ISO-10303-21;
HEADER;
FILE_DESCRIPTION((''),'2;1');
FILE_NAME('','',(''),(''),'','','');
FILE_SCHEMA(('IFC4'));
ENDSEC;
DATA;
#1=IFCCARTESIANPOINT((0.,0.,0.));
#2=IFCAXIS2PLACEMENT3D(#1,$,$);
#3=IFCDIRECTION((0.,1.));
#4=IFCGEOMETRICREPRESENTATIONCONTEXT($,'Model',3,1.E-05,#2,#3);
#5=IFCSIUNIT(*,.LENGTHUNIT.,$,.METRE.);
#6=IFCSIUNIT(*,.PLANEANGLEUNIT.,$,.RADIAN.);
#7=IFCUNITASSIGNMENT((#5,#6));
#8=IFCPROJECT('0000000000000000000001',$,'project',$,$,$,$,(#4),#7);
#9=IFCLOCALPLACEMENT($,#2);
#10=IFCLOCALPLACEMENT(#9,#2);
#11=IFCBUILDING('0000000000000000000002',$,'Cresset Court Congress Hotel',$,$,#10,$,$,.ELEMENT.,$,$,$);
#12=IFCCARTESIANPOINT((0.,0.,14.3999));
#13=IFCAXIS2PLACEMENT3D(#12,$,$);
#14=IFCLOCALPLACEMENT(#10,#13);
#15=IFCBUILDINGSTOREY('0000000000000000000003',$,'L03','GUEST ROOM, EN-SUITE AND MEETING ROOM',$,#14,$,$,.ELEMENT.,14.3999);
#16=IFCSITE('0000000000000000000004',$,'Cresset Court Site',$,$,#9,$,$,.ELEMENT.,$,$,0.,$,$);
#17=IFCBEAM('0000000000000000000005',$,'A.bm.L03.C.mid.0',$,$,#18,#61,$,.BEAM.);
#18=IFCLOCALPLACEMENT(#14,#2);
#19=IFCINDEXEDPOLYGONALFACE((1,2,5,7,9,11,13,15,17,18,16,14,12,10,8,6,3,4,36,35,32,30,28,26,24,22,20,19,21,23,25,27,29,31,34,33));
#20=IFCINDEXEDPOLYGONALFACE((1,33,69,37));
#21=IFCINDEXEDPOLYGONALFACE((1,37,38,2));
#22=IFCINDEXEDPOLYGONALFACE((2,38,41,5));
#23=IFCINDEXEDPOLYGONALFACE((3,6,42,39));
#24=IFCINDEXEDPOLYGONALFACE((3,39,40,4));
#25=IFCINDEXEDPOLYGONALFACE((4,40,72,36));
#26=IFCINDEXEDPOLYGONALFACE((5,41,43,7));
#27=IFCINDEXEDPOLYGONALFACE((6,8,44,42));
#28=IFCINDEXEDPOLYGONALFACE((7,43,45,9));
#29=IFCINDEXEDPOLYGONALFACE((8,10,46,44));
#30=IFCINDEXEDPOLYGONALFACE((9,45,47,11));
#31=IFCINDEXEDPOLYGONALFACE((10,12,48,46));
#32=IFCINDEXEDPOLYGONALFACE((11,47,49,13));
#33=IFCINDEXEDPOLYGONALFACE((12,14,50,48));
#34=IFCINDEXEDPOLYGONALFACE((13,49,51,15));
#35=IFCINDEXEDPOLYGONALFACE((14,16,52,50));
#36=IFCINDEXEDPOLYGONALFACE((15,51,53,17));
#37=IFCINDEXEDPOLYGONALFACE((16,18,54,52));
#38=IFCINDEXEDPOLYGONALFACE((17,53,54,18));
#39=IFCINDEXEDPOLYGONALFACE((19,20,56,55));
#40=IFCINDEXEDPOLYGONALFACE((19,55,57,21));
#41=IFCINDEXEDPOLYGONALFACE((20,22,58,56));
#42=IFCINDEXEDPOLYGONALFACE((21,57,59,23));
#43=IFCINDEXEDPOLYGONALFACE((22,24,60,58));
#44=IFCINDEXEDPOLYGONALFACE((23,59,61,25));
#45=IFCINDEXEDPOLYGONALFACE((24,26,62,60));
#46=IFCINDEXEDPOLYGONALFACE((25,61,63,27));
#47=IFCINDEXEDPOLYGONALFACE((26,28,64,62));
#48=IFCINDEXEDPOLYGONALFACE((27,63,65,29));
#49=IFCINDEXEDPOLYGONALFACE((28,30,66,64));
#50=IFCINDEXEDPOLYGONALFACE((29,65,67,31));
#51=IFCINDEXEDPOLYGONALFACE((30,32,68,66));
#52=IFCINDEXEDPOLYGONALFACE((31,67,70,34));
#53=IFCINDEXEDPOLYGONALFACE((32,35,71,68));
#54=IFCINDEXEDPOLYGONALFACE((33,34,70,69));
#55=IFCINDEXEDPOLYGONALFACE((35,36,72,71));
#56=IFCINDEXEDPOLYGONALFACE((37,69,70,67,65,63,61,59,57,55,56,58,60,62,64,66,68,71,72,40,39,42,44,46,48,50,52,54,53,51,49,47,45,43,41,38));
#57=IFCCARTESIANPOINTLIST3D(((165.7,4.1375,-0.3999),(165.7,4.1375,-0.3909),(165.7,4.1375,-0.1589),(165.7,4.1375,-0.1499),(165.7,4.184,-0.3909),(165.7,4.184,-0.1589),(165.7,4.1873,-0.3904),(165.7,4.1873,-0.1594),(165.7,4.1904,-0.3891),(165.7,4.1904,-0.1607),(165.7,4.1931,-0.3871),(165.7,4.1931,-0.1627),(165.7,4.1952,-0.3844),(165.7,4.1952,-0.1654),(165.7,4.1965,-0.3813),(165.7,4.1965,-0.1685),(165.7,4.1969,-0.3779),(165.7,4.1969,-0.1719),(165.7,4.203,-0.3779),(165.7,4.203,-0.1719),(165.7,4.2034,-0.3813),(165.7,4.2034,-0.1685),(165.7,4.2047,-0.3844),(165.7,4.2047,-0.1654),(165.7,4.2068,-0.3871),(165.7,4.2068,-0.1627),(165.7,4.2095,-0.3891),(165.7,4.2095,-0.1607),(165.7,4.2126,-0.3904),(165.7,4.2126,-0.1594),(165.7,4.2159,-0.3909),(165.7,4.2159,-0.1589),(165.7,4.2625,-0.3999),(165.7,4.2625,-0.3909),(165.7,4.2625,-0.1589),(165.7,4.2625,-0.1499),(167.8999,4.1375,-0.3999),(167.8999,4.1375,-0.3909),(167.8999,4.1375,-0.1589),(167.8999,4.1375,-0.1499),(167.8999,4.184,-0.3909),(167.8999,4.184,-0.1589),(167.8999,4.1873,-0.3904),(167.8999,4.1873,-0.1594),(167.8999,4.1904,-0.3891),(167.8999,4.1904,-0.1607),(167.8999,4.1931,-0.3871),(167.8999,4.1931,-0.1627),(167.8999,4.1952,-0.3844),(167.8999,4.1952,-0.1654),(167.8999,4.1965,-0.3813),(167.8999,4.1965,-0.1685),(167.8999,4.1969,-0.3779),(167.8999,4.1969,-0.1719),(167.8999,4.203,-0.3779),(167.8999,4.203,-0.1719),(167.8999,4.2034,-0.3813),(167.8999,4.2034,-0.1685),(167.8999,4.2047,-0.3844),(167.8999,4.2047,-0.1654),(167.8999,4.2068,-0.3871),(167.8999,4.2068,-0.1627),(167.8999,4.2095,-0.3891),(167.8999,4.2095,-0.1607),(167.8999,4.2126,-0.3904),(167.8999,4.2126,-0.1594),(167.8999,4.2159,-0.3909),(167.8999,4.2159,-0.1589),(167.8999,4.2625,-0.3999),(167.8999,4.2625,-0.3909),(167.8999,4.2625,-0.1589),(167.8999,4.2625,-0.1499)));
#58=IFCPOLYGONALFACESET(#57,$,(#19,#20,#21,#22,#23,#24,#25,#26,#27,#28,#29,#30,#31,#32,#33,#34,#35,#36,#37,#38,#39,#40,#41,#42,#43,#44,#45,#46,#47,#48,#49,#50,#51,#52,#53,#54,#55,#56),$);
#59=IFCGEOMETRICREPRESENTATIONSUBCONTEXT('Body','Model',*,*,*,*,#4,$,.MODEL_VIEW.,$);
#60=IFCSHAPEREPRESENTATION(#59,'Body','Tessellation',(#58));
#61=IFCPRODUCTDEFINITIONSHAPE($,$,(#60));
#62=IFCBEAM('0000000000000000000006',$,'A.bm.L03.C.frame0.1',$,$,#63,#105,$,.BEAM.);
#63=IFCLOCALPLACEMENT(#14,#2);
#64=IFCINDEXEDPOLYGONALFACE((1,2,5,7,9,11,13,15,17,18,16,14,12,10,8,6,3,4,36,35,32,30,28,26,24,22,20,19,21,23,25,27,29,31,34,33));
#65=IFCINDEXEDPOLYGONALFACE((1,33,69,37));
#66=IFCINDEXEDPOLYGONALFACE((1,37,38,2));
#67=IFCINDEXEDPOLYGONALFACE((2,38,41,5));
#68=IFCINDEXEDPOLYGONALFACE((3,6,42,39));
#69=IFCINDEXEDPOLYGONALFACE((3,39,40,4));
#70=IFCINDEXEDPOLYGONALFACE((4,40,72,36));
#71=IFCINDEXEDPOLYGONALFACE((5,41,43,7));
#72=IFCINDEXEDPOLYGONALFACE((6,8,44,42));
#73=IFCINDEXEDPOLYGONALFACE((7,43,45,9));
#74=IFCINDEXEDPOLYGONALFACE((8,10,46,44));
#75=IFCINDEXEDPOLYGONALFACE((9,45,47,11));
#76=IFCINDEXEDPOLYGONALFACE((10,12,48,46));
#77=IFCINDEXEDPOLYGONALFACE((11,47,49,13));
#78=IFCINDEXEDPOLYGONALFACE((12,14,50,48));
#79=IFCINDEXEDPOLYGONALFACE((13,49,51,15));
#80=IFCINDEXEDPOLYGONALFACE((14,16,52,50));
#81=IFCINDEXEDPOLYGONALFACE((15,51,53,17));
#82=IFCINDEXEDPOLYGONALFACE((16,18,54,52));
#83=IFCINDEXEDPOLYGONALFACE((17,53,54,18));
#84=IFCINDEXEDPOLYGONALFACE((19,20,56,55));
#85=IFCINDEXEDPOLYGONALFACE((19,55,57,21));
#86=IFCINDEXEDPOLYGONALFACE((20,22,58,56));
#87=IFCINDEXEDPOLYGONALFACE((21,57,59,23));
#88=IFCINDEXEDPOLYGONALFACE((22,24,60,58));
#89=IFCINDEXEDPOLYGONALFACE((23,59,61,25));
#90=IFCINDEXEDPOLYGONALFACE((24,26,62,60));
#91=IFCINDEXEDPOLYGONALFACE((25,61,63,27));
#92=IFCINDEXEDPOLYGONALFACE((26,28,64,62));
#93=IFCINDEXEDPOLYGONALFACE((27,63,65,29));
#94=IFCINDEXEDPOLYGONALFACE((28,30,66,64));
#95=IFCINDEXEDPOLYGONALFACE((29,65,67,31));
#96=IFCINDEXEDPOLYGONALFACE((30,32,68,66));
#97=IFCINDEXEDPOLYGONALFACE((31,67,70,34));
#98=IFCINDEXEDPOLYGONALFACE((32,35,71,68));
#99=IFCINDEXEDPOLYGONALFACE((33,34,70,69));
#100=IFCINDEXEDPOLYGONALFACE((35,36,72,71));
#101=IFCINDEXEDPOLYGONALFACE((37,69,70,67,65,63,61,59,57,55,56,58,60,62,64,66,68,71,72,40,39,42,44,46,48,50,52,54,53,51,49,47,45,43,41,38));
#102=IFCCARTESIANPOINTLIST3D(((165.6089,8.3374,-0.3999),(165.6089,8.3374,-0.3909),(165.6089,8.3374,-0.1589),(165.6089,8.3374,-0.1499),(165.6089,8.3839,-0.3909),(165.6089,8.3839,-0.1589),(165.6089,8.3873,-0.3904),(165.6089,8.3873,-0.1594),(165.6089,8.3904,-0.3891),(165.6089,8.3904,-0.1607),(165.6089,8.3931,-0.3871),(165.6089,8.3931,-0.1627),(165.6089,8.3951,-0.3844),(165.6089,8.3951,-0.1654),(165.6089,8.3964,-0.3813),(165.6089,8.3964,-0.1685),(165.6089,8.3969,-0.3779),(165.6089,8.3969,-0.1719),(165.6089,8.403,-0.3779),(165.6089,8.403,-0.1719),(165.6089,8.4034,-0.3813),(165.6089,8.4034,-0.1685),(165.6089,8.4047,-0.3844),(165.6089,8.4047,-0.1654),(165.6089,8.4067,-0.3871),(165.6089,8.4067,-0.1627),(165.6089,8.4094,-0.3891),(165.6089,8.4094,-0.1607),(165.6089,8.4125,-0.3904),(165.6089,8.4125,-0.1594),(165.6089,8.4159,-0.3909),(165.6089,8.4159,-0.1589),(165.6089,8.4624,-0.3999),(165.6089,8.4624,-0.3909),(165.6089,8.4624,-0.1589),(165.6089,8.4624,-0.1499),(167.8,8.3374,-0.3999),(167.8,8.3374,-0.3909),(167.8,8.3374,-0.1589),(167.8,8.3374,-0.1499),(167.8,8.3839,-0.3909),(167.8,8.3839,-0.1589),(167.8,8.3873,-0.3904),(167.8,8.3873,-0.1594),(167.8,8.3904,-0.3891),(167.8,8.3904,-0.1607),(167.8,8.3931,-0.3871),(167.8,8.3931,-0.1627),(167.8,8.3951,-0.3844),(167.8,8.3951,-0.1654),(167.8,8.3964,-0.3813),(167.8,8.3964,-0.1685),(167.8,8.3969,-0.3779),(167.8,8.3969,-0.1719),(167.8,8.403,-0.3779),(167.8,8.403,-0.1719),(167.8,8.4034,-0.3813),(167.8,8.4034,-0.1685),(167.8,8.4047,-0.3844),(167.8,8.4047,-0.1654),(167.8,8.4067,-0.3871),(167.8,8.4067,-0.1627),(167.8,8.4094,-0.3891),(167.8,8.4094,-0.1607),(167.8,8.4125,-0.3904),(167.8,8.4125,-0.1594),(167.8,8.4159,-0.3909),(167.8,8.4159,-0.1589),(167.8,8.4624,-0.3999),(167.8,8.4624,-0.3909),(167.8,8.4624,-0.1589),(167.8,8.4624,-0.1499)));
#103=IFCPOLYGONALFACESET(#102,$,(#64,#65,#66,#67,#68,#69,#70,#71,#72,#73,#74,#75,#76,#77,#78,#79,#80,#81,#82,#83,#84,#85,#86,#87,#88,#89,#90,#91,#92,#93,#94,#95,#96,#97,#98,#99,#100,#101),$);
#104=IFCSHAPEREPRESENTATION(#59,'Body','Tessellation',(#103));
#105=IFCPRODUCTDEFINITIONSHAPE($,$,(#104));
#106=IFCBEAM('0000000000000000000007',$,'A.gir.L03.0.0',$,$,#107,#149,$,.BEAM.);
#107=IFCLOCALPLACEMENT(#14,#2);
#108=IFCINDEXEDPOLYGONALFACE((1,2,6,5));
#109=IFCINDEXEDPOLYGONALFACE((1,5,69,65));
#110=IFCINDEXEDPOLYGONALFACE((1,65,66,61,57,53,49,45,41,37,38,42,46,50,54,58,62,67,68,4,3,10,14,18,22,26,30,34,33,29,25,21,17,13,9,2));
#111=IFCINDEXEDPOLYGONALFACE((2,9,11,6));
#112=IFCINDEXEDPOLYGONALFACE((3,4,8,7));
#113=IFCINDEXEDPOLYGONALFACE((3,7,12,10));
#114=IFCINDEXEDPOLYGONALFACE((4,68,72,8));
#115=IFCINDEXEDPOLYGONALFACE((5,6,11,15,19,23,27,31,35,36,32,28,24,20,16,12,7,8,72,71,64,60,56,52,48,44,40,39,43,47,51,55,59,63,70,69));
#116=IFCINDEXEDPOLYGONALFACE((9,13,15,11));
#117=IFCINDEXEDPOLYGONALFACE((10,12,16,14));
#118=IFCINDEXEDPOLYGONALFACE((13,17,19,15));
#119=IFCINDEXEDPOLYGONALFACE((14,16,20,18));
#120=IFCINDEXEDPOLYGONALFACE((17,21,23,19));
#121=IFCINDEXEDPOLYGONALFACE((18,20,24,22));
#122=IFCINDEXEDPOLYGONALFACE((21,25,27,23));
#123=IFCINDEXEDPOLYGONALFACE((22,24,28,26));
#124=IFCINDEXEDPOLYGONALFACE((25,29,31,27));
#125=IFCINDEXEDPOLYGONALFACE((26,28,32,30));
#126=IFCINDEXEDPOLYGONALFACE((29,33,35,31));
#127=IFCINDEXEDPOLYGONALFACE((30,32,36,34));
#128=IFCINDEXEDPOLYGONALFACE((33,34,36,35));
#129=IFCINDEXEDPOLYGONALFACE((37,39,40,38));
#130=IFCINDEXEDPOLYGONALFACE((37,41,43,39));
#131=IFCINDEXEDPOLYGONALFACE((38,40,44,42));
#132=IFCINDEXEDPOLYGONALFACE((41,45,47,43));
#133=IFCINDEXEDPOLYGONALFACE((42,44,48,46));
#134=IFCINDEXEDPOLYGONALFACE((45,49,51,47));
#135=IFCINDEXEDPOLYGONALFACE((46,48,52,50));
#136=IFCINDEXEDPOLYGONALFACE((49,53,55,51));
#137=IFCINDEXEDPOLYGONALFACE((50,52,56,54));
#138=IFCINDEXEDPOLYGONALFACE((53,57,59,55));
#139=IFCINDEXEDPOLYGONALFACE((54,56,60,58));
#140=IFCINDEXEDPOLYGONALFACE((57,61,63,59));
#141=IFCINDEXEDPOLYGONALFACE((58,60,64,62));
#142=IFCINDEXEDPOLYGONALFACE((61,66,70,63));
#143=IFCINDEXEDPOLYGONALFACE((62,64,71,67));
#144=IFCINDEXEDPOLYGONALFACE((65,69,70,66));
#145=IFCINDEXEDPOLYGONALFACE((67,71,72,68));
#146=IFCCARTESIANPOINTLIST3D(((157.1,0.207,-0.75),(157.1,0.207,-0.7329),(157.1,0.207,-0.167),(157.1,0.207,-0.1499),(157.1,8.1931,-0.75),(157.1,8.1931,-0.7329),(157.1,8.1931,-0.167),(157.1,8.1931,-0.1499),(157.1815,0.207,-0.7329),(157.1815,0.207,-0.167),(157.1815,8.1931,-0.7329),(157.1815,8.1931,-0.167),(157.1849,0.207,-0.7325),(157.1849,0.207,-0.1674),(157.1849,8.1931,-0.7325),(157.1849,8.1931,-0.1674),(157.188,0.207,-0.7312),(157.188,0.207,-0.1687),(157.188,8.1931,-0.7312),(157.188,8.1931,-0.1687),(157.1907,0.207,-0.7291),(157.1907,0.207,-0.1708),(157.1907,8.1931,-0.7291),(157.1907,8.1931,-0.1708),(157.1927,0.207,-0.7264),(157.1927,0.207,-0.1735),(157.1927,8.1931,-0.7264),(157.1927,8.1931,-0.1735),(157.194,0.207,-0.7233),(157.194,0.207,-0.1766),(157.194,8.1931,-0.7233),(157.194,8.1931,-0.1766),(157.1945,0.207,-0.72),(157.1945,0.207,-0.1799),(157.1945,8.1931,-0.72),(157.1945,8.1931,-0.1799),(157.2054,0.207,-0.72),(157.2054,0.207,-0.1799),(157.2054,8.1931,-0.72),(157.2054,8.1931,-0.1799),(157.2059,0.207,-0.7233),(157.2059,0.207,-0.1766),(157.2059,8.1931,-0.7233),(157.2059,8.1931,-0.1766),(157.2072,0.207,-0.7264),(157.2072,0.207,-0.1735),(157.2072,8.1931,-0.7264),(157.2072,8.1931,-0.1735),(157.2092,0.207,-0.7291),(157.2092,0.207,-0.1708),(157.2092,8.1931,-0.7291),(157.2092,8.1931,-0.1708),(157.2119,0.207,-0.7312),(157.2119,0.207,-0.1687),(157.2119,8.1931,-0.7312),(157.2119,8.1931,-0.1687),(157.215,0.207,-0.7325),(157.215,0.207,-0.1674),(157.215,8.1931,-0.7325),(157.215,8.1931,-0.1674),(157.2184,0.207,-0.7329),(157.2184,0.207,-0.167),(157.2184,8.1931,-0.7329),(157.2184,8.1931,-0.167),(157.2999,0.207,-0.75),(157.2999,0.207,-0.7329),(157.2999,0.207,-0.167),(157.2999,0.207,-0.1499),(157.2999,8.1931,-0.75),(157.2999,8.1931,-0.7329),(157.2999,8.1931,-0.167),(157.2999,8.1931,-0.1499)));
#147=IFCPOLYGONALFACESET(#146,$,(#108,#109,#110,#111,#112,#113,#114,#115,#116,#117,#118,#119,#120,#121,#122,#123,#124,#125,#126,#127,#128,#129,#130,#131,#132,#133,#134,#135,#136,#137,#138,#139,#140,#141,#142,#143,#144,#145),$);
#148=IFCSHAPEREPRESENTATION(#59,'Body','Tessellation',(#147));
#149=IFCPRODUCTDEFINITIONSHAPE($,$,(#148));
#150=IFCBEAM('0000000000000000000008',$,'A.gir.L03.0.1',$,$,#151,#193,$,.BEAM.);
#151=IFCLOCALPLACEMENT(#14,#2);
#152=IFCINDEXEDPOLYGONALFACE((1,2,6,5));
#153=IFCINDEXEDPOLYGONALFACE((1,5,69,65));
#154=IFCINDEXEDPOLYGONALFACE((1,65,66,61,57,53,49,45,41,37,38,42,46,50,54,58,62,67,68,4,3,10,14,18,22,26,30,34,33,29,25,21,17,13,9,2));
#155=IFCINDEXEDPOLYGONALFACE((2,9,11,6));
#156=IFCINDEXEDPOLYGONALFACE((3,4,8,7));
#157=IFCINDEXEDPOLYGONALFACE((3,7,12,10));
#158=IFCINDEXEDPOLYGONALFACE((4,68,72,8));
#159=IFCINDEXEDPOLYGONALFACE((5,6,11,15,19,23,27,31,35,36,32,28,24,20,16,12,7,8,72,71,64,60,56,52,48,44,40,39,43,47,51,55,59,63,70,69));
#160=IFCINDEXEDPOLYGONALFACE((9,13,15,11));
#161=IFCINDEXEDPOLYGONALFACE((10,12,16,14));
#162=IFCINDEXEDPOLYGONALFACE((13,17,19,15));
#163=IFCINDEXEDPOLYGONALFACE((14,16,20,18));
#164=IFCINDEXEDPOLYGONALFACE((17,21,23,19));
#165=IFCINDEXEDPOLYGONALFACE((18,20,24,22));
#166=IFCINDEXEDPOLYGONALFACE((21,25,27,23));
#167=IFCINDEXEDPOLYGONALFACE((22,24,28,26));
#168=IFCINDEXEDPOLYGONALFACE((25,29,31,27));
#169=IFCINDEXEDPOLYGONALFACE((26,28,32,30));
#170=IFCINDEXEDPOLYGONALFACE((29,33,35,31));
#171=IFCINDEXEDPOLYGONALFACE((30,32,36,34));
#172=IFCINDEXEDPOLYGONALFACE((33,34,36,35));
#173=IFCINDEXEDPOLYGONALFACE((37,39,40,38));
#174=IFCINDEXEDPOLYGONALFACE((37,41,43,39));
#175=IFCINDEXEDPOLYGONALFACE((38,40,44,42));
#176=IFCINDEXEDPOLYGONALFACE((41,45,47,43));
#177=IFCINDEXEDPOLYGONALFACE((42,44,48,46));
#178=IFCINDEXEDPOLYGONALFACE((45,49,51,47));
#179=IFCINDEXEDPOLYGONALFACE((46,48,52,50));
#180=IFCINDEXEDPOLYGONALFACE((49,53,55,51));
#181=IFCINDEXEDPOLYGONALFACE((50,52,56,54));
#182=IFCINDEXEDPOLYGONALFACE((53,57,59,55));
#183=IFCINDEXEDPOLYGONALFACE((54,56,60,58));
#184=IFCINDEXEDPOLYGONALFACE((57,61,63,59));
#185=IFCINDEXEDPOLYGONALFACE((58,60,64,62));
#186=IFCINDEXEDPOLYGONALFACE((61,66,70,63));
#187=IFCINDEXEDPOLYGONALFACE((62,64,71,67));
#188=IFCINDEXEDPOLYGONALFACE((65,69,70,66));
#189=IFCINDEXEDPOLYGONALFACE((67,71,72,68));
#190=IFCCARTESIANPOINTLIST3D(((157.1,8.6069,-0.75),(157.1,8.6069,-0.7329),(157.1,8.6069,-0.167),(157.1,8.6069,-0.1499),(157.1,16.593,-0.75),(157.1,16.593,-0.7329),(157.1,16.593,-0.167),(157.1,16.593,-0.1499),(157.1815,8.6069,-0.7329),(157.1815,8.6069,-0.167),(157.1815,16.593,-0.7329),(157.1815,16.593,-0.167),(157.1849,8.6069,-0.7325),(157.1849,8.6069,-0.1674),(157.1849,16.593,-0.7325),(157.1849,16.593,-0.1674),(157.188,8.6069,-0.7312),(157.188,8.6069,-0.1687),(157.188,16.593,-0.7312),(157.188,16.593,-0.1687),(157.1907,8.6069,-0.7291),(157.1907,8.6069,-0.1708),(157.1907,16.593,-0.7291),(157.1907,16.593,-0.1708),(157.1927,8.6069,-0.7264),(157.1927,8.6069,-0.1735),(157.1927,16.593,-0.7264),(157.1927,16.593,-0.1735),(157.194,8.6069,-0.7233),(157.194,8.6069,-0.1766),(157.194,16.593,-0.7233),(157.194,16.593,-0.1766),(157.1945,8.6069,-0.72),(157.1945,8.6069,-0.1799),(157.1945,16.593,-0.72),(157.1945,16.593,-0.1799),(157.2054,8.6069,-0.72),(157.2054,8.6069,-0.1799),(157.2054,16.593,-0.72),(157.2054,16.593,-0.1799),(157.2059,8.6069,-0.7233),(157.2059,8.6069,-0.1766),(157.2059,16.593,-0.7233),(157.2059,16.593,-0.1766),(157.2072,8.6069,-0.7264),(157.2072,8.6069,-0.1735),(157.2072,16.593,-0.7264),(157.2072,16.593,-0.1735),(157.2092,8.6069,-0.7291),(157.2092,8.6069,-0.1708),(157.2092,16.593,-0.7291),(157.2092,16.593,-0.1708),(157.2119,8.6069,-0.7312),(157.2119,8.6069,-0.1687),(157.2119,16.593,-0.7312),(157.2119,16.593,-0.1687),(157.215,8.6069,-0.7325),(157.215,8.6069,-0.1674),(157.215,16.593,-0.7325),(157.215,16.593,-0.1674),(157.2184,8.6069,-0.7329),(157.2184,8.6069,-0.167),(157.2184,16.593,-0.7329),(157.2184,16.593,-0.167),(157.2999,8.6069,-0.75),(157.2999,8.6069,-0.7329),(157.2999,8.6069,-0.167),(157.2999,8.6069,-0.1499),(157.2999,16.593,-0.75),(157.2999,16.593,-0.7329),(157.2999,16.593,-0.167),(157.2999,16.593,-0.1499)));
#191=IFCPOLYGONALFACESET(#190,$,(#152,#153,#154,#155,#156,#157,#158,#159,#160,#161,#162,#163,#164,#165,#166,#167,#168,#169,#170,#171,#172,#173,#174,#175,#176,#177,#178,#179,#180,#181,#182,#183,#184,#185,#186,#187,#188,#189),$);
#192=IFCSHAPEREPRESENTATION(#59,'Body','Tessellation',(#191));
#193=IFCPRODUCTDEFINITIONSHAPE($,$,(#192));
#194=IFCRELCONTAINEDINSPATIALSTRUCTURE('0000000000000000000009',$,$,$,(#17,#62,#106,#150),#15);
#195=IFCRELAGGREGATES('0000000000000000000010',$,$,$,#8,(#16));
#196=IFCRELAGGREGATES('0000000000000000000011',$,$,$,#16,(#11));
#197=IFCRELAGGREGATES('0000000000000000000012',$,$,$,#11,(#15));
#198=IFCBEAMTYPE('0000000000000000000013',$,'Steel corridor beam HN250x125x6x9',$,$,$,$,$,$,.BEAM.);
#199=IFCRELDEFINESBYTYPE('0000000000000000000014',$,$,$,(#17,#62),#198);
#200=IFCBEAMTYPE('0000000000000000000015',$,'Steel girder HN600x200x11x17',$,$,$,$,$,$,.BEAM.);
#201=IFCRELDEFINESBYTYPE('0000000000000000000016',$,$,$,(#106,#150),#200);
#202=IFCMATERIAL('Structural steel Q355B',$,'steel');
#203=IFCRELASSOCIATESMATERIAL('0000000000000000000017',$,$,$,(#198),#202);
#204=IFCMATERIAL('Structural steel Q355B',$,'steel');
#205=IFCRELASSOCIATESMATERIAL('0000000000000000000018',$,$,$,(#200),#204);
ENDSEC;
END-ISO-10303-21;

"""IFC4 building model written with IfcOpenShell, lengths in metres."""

from ifc_helpers import new_model, si_unit, direction, frame, origin, origin_2d, place, context, subcontext, project, spatial, i_section, extrude, material, material_profile, profile_set, type_object, element, save


model = new_model("IFC4")

# Units and contexts
model_context = context("Model", 3, precision=1e-05, world=origin(), true_north=direction((0.0, 1.0)))
body_context = subcontext(model_context, "Body", "Model", "MODEL_VIEW")
ifc_project = project(units=[si_unit("LENGTHUNIT", "METRE"), si_unit("PLANEANGLEUNIT", "RADIAN")], contexts=[model_context])

# Site, building, storey
site_placement = place(None, origin())
site = spatial("IfcSite", under=ifc_project, at=site_placement, Name="Cresset Court Site", CompositionType="ELEMENT", RefElevation=0.0)
building_placement = place(site_placement, origin())
building = spatial("IfcBuilding", under=site, at=building_placement, Name="Cresset Court Congress Hotel", CompositionType="ELEMENT")
storey_placement = place(building_placement, frame((0.0, 0.0, 14.3999)))
storey = spatial("IfcBuildingStorey", under=building, at=storey_placement, Name="L03", Description="GUEST ROOM, EN-SUITE AND MEETING ROOM", CompositionType="ELEMENT", Elevation=14.3999)

# Beams
ifc_material_1 = material(Name="Structural steel Q355B", Category="steel")
ifc_material_profile_1 = material_profile(ifc_material_1, i_section(OverallWidth=0.125, OverallDepth=0.25, WebThickness=0.0061, FlangeThickness=0.009, FilletRadius=0.0129, at=origin_2d()), Name="HN250x125x6x9")
ifc_profile_set_1 = profile_set([ifc_material_profile_1], Name="Structural steel Q355B")
beam_type_1 = type_object("IfcBeamType", Name="Steel corridor beam HN250x125x6x9", PredefinedType="BEAM", material=ifc_profile_set_1)
beam_1_placement = place(storey_placement, frame((165.7, 4.2, -0.2749), z_axis=(1.0, 0.0, 0.0), x_axis=(0.0, 1.0, 0.0)))
element("IfcBeam", 1, at=beam_1_placement, inside=storey, type_object=beam_type_1, Name="A.bm.L03.C.mid.0", PredefinedType="BEAM", context=body_context, shape_type="SweptSolid", body=[
    extrude(i_section(OverallWidth=0.125, OverallDepth=0.25, WebThickness=0.0061, FlangeThickness=0.009, FilletRadius=0.0129, at=origin_2d()), origin(), (0.0, 0.0, 1.0), 2.2),
])
beam_2_placement = place(storey_placement, frame((165.6089, 8.3999, -0.2749), z_axis=(1.0, 0.0, 0.0), x_axis=(0.0, 1.0, 0.0)))
element("IfcBeam", 2, at=beam_2_placement, inside=storey, type_object=beam_type_1, Name="A.bm.L03.C.frame0.1", PredefinedType="BEAM", context=body_context, shape_type="SweptSolid", body=[
    extrude(i_section(OverallWidth=0.125, OverallDepth=0.25, WebThickness=0.0061, FlangeThickness=0.009, FilletRadius=0.0129, at=origin_2d()), origin(), (0.0, 0.0, 1.0), 2.1912),
])
ifc_material_2 = material(Name="Structural steel Q355B", Category="steel")
ifc_material_profile_2 = material_profile(ifc_material_2, i_section(OverallWidth=0.2, OverallDepth=0.6001, WebThickness=0.011, FlangeThickness=0.0171, FilletRadius=0.0129, at=origin_2d()), Name="HN600x200x11x17")
ifc_profile_set_2 = profile_set([ifc_material_profile_2], Name="Structural steel Q355B")
beam_type_2 = type_object("IfcBeamType", Name="Steel girder HN600x200x11x17", PredefinedType="BEAM", material=ifc_profile_set_2)
for number, where, z_axis, x_axis, name in (
    (3, (157.2, 0.207, -0.45), (0.0, 1.0, 0.0), (-1.0, 0.0, 0.0), "A.gir.L03.0.0"),
    (4, (157.2, 8.6069, -0.45), (0.0, 1.0, 0.0), (-1.0, 0.0, 0.0), "A.gir.L03.0.1"),
):
    element("IfcBeam", number, at=place(storey_placement, frame(where, z_axis=z_axis, x_axis=x_axis)), inside=storey, type_object=beam_type_2, Name=name, PredefinedType="BEAM", context=body_context, shape_type="SweptSolid", body=[
        extrude(i_section(OverallWidth=0.2, OverallDepth=0.6001, WebThickness=0.011, FlangeThickness=0.0171, FilletRadius=0.0129, at=origin_2d()), origin(), (0.0, 0.0, 1.0), 7.9861),
    ])

save(model, "model.ifc")
